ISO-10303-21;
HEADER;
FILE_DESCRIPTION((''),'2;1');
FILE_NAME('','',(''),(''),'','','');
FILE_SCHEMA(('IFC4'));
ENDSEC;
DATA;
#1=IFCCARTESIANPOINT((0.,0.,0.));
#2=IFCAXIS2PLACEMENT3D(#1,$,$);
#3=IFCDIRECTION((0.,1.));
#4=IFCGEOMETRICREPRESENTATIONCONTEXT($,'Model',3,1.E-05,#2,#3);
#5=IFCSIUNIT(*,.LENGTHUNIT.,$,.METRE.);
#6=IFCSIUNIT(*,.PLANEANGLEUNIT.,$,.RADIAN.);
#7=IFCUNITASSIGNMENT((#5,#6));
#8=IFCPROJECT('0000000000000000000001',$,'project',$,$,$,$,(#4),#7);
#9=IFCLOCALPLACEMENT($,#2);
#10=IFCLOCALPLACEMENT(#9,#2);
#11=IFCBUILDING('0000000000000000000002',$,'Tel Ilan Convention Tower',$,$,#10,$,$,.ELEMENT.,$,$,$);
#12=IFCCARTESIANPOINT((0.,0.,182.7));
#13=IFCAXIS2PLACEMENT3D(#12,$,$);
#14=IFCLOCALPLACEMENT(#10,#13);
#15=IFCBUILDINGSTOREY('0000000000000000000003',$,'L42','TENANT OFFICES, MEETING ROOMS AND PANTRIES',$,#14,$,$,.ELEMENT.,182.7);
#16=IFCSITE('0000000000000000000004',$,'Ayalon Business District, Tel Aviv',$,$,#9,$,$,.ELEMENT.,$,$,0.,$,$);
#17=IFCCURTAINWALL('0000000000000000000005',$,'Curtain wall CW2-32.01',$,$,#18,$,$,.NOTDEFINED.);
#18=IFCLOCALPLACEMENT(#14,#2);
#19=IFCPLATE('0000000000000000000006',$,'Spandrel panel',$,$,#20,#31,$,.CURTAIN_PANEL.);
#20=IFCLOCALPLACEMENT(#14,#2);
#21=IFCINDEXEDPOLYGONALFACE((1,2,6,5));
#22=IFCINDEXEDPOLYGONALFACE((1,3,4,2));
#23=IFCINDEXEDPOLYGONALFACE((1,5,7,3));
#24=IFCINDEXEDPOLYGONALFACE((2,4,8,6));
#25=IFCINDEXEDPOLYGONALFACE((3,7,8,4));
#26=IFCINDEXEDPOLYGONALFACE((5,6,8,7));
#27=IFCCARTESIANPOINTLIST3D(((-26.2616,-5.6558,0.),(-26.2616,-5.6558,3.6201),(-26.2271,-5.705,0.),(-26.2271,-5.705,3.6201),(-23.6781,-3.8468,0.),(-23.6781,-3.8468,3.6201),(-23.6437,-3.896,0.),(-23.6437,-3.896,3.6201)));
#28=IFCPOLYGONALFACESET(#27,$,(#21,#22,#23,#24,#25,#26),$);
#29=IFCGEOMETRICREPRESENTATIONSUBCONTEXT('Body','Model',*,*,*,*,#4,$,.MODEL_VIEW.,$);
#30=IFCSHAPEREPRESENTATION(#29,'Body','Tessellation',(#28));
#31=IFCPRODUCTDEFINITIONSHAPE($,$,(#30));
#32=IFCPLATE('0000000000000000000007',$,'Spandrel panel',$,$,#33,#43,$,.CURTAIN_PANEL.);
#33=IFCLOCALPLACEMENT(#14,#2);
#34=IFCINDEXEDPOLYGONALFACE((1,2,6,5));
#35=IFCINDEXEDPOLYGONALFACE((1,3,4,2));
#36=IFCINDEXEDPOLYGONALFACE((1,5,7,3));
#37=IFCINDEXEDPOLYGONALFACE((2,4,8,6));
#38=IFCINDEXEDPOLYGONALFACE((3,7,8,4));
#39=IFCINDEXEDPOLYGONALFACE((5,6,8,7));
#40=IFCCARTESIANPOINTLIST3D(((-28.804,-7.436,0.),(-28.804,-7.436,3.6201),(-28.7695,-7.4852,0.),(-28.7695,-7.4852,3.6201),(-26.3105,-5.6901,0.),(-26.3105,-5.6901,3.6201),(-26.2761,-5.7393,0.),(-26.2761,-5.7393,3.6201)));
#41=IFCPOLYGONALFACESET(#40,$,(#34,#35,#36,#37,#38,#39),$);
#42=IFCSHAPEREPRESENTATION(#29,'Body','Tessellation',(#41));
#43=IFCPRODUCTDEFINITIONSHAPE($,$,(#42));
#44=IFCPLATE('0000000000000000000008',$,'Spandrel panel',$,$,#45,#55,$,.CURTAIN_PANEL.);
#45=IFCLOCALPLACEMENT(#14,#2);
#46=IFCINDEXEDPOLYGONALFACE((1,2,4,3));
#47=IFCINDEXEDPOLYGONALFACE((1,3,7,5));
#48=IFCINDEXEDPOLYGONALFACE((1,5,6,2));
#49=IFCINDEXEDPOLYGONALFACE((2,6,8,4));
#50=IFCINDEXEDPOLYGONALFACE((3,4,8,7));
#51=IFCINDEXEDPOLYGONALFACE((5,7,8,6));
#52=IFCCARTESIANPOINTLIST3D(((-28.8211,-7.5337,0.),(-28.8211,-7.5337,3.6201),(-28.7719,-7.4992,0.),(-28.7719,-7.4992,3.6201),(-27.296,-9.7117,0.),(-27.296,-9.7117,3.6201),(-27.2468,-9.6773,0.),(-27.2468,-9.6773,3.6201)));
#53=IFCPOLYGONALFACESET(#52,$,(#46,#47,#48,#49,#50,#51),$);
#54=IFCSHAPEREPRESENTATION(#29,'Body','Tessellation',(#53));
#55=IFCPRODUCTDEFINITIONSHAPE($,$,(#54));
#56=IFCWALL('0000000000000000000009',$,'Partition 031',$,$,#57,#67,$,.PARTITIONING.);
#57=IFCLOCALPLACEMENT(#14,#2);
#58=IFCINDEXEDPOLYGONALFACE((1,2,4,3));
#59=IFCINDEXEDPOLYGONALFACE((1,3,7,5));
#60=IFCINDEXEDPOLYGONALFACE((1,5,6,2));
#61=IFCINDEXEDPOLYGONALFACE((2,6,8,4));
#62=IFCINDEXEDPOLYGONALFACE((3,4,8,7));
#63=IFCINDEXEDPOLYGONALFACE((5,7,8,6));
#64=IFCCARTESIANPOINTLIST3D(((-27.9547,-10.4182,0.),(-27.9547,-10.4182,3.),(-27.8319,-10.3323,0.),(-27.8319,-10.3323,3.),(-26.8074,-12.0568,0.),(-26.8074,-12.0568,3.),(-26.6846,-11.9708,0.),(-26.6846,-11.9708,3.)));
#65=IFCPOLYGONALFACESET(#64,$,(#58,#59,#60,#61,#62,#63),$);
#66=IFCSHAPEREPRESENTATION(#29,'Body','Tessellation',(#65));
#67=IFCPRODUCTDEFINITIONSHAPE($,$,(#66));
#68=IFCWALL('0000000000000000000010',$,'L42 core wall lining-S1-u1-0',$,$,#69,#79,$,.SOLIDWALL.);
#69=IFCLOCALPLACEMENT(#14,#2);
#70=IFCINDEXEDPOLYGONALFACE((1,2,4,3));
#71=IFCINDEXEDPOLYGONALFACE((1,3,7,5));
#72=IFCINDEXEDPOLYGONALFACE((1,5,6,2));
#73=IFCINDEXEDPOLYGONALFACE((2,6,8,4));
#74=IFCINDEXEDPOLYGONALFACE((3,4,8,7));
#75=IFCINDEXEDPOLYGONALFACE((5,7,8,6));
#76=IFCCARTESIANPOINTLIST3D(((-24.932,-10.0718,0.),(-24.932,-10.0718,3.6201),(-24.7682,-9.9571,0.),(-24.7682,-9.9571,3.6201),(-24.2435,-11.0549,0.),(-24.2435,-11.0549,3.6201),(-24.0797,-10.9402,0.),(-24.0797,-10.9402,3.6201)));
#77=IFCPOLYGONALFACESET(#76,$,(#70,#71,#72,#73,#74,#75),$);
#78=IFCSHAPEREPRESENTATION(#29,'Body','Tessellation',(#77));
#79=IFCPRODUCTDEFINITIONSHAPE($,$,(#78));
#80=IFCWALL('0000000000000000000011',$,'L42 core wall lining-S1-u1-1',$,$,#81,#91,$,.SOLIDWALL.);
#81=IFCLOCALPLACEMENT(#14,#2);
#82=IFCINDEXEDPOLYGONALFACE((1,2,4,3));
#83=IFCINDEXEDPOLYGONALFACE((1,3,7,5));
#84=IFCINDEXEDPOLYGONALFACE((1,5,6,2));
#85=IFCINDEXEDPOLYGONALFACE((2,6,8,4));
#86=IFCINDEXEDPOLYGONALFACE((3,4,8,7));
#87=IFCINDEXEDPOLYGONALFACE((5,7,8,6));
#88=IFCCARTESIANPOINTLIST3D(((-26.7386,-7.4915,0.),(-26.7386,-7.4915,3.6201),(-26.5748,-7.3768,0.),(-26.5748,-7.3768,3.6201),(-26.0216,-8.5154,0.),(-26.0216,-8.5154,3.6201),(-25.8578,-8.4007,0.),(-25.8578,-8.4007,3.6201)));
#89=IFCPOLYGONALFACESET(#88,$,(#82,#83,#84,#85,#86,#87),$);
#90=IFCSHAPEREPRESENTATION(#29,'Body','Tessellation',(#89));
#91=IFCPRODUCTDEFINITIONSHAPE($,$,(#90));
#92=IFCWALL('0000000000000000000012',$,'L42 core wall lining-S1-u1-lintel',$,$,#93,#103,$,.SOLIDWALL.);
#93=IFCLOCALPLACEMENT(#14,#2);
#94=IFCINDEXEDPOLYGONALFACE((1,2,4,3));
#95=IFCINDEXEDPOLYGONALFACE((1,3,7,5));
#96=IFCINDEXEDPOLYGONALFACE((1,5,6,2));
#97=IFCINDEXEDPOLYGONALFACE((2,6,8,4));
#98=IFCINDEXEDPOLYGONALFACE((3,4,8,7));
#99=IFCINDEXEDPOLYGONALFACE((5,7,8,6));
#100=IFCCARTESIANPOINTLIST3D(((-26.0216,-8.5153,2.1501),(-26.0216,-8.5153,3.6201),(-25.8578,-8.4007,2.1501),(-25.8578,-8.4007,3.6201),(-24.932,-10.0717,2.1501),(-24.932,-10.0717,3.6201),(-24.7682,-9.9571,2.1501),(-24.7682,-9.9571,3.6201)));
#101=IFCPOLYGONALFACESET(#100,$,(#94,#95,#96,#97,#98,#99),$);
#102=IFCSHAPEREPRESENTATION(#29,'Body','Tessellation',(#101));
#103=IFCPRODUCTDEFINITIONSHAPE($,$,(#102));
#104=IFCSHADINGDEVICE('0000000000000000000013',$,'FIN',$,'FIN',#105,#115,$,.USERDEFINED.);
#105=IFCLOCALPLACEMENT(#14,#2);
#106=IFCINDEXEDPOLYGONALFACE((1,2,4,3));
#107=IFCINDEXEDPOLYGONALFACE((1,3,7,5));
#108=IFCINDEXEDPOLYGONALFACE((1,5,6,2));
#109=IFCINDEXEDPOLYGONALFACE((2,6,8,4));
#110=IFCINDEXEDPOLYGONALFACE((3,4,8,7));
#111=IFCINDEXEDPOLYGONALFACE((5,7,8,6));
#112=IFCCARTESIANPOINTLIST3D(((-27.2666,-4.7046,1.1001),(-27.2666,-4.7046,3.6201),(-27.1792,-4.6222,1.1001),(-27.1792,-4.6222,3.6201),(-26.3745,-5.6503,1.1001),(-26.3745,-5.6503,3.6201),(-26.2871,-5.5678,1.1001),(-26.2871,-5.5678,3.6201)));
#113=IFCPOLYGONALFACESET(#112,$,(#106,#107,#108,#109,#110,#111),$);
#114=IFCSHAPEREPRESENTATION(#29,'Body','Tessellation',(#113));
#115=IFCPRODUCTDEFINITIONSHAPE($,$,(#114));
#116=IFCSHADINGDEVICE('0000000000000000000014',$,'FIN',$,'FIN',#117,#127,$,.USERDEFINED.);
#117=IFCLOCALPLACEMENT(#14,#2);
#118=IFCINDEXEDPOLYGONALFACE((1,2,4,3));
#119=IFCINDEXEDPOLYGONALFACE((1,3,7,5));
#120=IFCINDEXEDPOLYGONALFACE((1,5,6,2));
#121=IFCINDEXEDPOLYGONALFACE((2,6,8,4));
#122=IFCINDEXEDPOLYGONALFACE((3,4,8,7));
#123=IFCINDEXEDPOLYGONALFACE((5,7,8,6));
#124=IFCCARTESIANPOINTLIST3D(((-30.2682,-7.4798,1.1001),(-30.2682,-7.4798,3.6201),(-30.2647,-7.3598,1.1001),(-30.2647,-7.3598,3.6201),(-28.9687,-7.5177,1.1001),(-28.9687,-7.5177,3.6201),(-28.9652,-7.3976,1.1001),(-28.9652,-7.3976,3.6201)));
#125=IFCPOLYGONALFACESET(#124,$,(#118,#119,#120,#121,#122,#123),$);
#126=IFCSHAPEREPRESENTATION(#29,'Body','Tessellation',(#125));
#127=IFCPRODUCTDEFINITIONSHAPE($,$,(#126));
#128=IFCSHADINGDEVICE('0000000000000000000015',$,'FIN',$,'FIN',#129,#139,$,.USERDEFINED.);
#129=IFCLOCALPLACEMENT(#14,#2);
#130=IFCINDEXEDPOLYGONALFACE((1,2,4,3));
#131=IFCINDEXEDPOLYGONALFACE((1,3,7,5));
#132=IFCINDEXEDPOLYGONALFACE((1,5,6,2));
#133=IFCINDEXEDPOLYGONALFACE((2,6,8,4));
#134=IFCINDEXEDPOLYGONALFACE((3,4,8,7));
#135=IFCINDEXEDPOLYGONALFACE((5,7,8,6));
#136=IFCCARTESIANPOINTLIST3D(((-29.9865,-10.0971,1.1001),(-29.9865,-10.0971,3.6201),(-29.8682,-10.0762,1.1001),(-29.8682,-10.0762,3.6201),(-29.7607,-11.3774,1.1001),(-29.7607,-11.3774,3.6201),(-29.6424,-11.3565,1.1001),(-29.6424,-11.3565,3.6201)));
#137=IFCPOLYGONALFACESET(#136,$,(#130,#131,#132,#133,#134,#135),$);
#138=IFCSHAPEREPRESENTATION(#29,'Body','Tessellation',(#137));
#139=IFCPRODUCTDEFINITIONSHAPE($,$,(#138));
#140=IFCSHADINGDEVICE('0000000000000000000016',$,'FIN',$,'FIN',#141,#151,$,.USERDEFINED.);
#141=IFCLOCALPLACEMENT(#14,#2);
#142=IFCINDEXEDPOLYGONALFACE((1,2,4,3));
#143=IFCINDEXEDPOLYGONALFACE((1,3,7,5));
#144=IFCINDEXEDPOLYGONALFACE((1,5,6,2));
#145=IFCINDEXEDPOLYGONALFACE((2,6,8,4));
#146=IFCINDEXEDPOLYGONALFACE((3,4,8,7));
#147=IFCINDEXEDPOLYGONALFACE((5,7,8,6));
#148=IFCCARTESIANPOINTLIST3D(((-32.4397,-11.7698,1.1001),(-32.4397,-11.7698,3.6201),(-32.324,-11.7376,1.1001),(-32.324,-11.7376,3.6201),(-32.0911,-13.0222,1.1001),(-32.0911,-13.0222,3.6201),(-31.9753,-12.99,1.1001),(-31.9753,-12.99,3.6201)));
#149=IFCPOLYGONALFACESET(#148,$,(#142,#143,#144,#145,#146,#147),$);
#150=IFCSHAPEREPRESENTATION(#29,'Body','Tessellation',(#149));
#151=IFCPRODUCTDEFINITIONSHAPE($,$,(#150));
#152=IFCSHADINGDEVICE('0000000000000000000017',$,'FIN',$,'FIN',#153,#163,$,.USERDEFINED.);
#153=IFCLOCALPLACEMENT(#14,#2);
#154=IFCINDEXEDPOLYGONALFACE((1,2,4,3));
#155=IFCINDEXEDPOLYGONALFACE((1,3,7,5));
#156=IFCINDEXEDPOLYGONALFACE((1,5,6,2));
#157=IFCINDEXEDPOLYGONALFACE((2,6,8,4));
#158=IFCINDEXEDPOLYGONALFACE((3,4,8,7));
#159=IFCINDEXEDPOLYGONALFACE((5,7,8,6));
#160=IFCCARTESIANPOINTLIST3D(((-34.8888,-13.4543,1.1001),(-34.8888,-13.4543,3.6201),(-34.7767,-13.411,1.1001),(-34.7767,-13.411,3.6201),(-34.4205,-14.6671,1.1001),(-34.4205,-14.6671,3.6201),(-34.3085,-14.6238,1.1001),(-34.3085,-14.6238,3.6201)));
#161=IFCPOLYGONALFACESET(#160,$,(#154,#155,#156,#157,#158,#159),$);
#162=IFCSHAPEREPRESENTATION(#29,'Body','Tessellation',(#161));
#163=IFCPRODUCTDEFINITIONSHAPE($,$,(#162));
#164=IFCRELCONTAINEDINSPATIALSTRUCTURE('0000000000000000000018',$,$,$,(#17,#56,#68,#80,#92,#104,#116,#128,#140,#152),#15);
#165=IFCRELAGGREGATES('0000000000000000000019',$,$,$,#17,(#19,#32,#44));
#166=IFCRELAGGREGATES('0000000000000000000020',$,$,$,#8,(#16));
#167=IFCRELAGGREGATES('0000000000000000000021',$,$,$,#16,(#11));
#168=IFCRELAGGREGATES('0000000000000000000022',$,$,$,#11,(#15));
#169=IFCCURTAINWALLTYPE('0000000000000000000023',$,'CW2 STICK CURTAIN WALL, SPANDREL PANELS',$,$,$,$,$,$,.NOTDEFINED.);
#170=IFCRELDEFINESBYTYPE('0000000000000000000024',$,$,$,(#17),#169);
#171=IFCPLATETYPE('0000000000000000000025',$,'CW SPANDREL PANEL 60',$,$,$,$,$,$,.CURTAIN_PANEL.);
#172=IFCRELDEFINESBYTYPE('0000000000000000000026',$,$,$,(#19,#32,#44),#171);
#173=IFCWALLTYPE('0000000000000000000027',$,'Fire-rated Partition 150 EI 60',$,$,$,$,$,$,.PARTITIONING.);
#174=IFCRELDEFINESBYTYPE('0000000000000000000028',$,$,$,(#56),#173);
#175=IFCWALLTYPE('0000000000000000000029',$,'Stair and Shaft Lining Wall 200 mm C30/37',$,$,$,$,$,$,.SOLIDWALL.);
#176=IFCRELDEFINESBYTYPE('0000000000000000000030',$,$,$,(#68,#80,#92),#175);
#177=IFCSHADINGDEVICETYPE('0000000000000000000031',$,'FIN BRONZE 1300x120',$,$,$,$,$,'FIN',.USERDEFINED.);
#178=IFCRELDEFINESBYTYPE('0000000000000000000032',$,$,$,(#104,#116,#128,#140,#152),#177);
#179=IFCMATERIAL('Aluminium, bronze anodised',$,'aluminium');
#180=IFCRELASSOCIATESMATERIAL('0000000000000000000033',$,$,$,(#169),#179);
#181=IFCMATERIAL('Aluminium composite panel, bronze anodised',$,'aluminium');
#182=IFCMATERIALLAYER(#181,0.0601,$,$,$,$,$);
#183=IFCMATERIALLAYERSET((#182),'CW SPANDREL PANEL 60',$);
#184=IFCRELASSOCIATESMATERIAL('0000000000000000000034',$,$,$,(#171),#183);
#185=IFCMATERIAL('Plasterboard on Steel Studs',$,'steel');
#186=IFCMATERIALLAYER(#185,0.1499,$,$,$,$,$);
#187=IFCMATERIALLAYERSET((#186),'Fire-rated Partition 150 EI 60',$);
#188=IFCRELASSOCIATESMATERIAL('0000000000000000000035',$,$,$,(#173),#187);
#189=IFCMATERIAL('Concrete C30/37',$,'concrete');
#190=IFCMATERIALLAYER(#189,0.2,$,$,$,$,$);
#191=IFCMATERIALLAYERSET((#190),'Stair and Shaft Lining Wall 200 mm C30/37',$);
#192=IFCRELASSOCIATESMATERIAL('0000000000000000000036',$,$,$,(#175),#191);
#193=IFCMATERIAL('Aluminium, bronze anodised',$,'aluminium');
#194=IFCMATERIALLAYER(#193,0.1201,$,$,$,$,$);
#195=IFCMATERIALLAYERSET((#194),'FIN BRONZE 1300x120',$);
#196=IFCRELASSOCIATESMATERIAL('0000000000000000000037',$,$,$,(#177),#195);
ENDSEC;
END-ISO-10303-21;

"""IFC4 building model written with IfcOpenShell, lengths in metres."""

from ifc_helpers import new_model, si_unit, direction, frame, frame_2d, origin, origin_2d, place, context, subcontext, project, spatial, rectangle, extrude, material, layer, layer_set, type_object, element, aggregate, save


model = new_model("IFC4")

# Units and contexts
model_context = context("Model", 3, precision=1e-05, world=origin(), true_north=direction((0.0, 1.0)))
body_context = subcontext(model_context, "Body", "Model", "MODEL_VIEW")
ifc_project = project(units=[si_unit("LENGTHUNIT", "METRE"), si_unit("PLANEANGLEUNIT", "RADIAN")], contexts=[model_context])

# Site, building, storey
site_placement = place(None, origin())
site = spatial("IfcSite", under=ifc_project, at=site_placement, Name="Ayalon Business District, Tel Aviv", CompositionType="ELEMENT", RefElevation=0.0)
building_placement = place(site_placement, origin())
building = spatial("IfcBuilding", under=site, at=building_placement, Name="Tel Ilan Convention Tower", CompositionType="ELEMENT")
storey_placement = place(building_placement, frame((0.0, 0.0, 182.7)))
storey = spatial("IfcBuildingStorey", under=building, at=storey_placement, Name="L42", Description="TENANT OFFICES, MEETING ROOMS AND PANTRIES", CompositionType="ELEMENT", Elevation=182.7)

# Curtain wall
ifc_material_1 = material(Name="Aluminium, bronze anodised", Category="aluminium")
curtain_wall_type_1 = type_object("IfcCurtainWallType", Name="CW2 STICK CURTAIN WALL, SPANDREL PANELS", PredefinedType="NOTDEFINED", material=ifc_material_1)
curtain_wall_1_placement = place(storey_placement, origin())
curtain_wall_1 = element("IfcCurtainWall", 1, at=curtain_wall_1_placement, inside=storey, type_object=curtain_wall_type_1, Name="Curtain wall CW2-32.01", PredefinedType="NOTDEFINED")

# Plates
ifc_material_2 = material(Name="Aluminium composite panel, bronze anodised", Category="aluminium")
ifc_layer_1 = layer(ifc_material_2, 0.0601)
ifc_layer_set_1 = layer_set([ifc_layer_1], Name="CW SPANDREL PANEL 60")
plate_type_1 = type_object("IfcPlateType", Name="CW SPANDREL PANEL 60", PredefinedType="CURTAIN_PANEL", material=ifc_layer_set_1)
plate_1_placement = place(storey_placement, frame((-24.9526, -4.7759, 0.0), z_axis=(0.0, 0.0, 1.0), x_axis=(-0.819152, -0.573576, 0.0)))
plate_1 = element("IfcPlate", 2, at=plate_1_placement, type_object=plate_type_1, Name="Spandrel panel", PredefinedType="CURTAIN_PANEL", context=body_context, shape_type="SweptSolid", body=[
    extrude(rectangle(XDim=3.1538, YDim=0.0601, at=origin_2d()), origin(), (0.0, 0.0, 1.0), 3.6201),
])
plate_2_placement = place(storey_placement, frame((-27.54, -6.5876, 0.0), z_axis=(0.0, 0.0, 1.0), x_axis=(-0.819152, -0.573576, 0.0)))
plate_2 = element("IfcPlate", 3, at=plate_2_placement, type_object=plate_type_1, Name="Spandrel panel", PredefinedType="CURTAIN_PANEL", context=body_context, shape_type="SweptSolid", body=[
    extrude(rectangle(XDim=3.0439, YDim=0.0601, at=origin_2d()), origin(), (0.0, 0.0, 1.0), 3.6201),
])
plate_3_placement = place(storey_placement, frame((-28.0339, -8.6055, 0.0), z_axis=(0.0, 0.0, 1.0), x_axis=(0.573576, -0.819152, 0.0)))
plate_3 = element("IfcPlate", 4, at=plate_3_placement, type_object=plate_type_1, Name="Spandrel panel", PredefinedType="CURTAIN_PANEL", context=body_context, shape_type="SweptSolid", body=[
    extrude(rectangle(XDim=2.6589, YDim=0.0601, at=origin_2d()), origin(), (0.0, 0.0, 1.0), 3.6201),
])
aggregate(curtain_wall_1, [plate_1, plate_2, plate_3])

# Walls
ifc_material_3 = material(Name="Plasterboard on Steel Studs", Category="steel")
ifc_layer_2 = layer(ifc_material_3, 0.1499)
ifc_layer_set_2 = layer_set([ifc_layer_2], Name="Fire-rated Partition 150 EI 60")
wall_type_1 = type_object("IfcWallType", Name="Fire-rated Partition 150 EI 60", PredefinedType="PARTITIONING", material=ifc_layer_set_2)
wall_1_placement = place(storey_placement, frame((-26.7461, -12.0137, 0.0), z_axis=(0.0, 0.0, 1.0), x_axis=(-0.573569, 0.819157, 0.0)))
element("IfcWall", 5, at=wall_1_placement, inside=storey, type_object=wall_type_1, Name="Partition 031", PredefinedType="PARTITIONING", context=body_context, shape_type="SweptSolid", body=[
    extrude(rectangle(XDim=2.0002, YDim=0.1499, at=frame_2d((1.0, 0.0))), origin(), (0.0, 0.0, 1.0), 3.0),
])
ifc_material_4 = material(Name="Concrete C30/37", Category="concrete")
ifc_layer_3 = layer(ifc_material_4, 0.2)
ifc_layer_set_3 = layer_set([ifc_layer_3], Name="Stair and Shaft Lining Wall 200 mm C30/37")
wall_type_2 = type_object("IfcWallType", Name="Stair and Shaft Lining Wall 200 mm C30/37", PredefinedType="SOLIDWALL", material=ifc_layer_set_3)
wall_2_placement = place(storey_placement, frame((-24.1616, -10.9976, 0.0), z_axis=(0.0, 0.0, 1.0), x_axis=(-0.573613, 0.819127, 0.0)))
element("IfcWall", 6, at=wall_2_placement, inside=storey, type_object=wall_type_2, Name="L42 core wall lining-S1-u1-0", PredefinedType="SOLIDWALL", context=body_context, shape_type="SweptSolid", body=[
    extrude(rectangle(XDim=1.2002, YDim=0.2, at=frame_2d((0.6001, 0.0))), origin(), (0.0, 0.0, 1.0), 3.6201),
])
wall_3_placement = place(storey_placement, frame((-25.9397, -8.458, 0.0), z_axis=(0.0, 0.0, 1.0), x_axis=(-0.57362, 0.819122, 0.0)))
element("IfcWall", 7, at=wall_3_placement, inside=storey, type_object=wall_type_2, Name="L42 core wall lining-S1-u1-1", PredefinedType="SOLIDWALL", context=body_context, shape_type="SweptSolid", body=[
    extrude(rectangle(XDim=1.25, YDim=0.2, at=frame_2d((0.625, 0.0))), origin(), (0.0, 0.0, 1.0), 3.6201),
])
wall_4_placement = place(storey_placement, frame((-24.8501, -10.0144, 2.1501), z_axis=(0.0, 0.0, 1.0), x_axis=(-0.573505, 0.819202, 0.0)))
element("IfcWall", 8, at=wall_4_placement, inside=storey, type_object=wall_type_2, Name="L42 core wall lining-S1-u1-lintel", PredefinedType="SOLIDWALL", context=body_context, shape_type="SweptSolid", body=[
    extrude(rectangle(XDim=1.8999, YDim=0.2, at=frame_2d((0.95, 0.0))), origin(), (0.0, 0.0, 1.0), 1.47),
])

# Shading devices
ifc_material_5 = material(Name="Aluminium, bronze anodised", Category="aluminium")
ifc_layer_4 = layer(ifc_material_5, 0.1201)
ifc_layer_set_4 = layer_set([ifc_layer_4], Name="FIN BRONZE 1300x120")
shading_device_type = type_object("IfcShadingDeviceType", Name="FIN BRONZE 1300x120", ElementType="FIN", PredefinedType="USERDEFINED", material=ifc_layer_set_4)
for number, where, z_axis, x_axis, name in (
    (9, (-26.7769, -5.1362, 1.1001), (0.0, 0.0, 1.0), (-0.686242, 0.727374, 0.0), "FIN"),
    (10, (-29.6167, -7.4387, 1.1001), (0.0, 0.0, 1.0), (-0.999577, 0.029085, 0.0), "FIN"),
    (11, (-29.8145, -10.7268, 1.1001), (0.0, 0.0, 1.0), (-0.173648, 0.984808, 0.0), "FIN"),
    (12, (-32.2075, -12.3799, 1.1001), (0.0, 0.0, 1.0), (-0.268173, 0.963371, 0.0), "FIN"),
    (13, (-34.5986, -14.0391, 1.1001), (0.0, 0.0, 1.0), (-0.360178, 0.932884, 0.0), "FIN"),
):
    element("IfcShadingDevice", number, at=place(storey_placement, frame(where, z_axis=z_axis, x_axis=x_axis)), inside=storey, type_object=shading_device_type, Name=name, ObjectType="FIN", PredefinedType="USERDEFINED", context=body_context, shape_type="SweptSolid", body=[
        extrude(rectangle(XDim=1.3, YDim=0.1201, at=origin_2d()), origin(), (0.0, 0.0, 1.0), 2.52),
    ])

save(model, "model.ifc")
